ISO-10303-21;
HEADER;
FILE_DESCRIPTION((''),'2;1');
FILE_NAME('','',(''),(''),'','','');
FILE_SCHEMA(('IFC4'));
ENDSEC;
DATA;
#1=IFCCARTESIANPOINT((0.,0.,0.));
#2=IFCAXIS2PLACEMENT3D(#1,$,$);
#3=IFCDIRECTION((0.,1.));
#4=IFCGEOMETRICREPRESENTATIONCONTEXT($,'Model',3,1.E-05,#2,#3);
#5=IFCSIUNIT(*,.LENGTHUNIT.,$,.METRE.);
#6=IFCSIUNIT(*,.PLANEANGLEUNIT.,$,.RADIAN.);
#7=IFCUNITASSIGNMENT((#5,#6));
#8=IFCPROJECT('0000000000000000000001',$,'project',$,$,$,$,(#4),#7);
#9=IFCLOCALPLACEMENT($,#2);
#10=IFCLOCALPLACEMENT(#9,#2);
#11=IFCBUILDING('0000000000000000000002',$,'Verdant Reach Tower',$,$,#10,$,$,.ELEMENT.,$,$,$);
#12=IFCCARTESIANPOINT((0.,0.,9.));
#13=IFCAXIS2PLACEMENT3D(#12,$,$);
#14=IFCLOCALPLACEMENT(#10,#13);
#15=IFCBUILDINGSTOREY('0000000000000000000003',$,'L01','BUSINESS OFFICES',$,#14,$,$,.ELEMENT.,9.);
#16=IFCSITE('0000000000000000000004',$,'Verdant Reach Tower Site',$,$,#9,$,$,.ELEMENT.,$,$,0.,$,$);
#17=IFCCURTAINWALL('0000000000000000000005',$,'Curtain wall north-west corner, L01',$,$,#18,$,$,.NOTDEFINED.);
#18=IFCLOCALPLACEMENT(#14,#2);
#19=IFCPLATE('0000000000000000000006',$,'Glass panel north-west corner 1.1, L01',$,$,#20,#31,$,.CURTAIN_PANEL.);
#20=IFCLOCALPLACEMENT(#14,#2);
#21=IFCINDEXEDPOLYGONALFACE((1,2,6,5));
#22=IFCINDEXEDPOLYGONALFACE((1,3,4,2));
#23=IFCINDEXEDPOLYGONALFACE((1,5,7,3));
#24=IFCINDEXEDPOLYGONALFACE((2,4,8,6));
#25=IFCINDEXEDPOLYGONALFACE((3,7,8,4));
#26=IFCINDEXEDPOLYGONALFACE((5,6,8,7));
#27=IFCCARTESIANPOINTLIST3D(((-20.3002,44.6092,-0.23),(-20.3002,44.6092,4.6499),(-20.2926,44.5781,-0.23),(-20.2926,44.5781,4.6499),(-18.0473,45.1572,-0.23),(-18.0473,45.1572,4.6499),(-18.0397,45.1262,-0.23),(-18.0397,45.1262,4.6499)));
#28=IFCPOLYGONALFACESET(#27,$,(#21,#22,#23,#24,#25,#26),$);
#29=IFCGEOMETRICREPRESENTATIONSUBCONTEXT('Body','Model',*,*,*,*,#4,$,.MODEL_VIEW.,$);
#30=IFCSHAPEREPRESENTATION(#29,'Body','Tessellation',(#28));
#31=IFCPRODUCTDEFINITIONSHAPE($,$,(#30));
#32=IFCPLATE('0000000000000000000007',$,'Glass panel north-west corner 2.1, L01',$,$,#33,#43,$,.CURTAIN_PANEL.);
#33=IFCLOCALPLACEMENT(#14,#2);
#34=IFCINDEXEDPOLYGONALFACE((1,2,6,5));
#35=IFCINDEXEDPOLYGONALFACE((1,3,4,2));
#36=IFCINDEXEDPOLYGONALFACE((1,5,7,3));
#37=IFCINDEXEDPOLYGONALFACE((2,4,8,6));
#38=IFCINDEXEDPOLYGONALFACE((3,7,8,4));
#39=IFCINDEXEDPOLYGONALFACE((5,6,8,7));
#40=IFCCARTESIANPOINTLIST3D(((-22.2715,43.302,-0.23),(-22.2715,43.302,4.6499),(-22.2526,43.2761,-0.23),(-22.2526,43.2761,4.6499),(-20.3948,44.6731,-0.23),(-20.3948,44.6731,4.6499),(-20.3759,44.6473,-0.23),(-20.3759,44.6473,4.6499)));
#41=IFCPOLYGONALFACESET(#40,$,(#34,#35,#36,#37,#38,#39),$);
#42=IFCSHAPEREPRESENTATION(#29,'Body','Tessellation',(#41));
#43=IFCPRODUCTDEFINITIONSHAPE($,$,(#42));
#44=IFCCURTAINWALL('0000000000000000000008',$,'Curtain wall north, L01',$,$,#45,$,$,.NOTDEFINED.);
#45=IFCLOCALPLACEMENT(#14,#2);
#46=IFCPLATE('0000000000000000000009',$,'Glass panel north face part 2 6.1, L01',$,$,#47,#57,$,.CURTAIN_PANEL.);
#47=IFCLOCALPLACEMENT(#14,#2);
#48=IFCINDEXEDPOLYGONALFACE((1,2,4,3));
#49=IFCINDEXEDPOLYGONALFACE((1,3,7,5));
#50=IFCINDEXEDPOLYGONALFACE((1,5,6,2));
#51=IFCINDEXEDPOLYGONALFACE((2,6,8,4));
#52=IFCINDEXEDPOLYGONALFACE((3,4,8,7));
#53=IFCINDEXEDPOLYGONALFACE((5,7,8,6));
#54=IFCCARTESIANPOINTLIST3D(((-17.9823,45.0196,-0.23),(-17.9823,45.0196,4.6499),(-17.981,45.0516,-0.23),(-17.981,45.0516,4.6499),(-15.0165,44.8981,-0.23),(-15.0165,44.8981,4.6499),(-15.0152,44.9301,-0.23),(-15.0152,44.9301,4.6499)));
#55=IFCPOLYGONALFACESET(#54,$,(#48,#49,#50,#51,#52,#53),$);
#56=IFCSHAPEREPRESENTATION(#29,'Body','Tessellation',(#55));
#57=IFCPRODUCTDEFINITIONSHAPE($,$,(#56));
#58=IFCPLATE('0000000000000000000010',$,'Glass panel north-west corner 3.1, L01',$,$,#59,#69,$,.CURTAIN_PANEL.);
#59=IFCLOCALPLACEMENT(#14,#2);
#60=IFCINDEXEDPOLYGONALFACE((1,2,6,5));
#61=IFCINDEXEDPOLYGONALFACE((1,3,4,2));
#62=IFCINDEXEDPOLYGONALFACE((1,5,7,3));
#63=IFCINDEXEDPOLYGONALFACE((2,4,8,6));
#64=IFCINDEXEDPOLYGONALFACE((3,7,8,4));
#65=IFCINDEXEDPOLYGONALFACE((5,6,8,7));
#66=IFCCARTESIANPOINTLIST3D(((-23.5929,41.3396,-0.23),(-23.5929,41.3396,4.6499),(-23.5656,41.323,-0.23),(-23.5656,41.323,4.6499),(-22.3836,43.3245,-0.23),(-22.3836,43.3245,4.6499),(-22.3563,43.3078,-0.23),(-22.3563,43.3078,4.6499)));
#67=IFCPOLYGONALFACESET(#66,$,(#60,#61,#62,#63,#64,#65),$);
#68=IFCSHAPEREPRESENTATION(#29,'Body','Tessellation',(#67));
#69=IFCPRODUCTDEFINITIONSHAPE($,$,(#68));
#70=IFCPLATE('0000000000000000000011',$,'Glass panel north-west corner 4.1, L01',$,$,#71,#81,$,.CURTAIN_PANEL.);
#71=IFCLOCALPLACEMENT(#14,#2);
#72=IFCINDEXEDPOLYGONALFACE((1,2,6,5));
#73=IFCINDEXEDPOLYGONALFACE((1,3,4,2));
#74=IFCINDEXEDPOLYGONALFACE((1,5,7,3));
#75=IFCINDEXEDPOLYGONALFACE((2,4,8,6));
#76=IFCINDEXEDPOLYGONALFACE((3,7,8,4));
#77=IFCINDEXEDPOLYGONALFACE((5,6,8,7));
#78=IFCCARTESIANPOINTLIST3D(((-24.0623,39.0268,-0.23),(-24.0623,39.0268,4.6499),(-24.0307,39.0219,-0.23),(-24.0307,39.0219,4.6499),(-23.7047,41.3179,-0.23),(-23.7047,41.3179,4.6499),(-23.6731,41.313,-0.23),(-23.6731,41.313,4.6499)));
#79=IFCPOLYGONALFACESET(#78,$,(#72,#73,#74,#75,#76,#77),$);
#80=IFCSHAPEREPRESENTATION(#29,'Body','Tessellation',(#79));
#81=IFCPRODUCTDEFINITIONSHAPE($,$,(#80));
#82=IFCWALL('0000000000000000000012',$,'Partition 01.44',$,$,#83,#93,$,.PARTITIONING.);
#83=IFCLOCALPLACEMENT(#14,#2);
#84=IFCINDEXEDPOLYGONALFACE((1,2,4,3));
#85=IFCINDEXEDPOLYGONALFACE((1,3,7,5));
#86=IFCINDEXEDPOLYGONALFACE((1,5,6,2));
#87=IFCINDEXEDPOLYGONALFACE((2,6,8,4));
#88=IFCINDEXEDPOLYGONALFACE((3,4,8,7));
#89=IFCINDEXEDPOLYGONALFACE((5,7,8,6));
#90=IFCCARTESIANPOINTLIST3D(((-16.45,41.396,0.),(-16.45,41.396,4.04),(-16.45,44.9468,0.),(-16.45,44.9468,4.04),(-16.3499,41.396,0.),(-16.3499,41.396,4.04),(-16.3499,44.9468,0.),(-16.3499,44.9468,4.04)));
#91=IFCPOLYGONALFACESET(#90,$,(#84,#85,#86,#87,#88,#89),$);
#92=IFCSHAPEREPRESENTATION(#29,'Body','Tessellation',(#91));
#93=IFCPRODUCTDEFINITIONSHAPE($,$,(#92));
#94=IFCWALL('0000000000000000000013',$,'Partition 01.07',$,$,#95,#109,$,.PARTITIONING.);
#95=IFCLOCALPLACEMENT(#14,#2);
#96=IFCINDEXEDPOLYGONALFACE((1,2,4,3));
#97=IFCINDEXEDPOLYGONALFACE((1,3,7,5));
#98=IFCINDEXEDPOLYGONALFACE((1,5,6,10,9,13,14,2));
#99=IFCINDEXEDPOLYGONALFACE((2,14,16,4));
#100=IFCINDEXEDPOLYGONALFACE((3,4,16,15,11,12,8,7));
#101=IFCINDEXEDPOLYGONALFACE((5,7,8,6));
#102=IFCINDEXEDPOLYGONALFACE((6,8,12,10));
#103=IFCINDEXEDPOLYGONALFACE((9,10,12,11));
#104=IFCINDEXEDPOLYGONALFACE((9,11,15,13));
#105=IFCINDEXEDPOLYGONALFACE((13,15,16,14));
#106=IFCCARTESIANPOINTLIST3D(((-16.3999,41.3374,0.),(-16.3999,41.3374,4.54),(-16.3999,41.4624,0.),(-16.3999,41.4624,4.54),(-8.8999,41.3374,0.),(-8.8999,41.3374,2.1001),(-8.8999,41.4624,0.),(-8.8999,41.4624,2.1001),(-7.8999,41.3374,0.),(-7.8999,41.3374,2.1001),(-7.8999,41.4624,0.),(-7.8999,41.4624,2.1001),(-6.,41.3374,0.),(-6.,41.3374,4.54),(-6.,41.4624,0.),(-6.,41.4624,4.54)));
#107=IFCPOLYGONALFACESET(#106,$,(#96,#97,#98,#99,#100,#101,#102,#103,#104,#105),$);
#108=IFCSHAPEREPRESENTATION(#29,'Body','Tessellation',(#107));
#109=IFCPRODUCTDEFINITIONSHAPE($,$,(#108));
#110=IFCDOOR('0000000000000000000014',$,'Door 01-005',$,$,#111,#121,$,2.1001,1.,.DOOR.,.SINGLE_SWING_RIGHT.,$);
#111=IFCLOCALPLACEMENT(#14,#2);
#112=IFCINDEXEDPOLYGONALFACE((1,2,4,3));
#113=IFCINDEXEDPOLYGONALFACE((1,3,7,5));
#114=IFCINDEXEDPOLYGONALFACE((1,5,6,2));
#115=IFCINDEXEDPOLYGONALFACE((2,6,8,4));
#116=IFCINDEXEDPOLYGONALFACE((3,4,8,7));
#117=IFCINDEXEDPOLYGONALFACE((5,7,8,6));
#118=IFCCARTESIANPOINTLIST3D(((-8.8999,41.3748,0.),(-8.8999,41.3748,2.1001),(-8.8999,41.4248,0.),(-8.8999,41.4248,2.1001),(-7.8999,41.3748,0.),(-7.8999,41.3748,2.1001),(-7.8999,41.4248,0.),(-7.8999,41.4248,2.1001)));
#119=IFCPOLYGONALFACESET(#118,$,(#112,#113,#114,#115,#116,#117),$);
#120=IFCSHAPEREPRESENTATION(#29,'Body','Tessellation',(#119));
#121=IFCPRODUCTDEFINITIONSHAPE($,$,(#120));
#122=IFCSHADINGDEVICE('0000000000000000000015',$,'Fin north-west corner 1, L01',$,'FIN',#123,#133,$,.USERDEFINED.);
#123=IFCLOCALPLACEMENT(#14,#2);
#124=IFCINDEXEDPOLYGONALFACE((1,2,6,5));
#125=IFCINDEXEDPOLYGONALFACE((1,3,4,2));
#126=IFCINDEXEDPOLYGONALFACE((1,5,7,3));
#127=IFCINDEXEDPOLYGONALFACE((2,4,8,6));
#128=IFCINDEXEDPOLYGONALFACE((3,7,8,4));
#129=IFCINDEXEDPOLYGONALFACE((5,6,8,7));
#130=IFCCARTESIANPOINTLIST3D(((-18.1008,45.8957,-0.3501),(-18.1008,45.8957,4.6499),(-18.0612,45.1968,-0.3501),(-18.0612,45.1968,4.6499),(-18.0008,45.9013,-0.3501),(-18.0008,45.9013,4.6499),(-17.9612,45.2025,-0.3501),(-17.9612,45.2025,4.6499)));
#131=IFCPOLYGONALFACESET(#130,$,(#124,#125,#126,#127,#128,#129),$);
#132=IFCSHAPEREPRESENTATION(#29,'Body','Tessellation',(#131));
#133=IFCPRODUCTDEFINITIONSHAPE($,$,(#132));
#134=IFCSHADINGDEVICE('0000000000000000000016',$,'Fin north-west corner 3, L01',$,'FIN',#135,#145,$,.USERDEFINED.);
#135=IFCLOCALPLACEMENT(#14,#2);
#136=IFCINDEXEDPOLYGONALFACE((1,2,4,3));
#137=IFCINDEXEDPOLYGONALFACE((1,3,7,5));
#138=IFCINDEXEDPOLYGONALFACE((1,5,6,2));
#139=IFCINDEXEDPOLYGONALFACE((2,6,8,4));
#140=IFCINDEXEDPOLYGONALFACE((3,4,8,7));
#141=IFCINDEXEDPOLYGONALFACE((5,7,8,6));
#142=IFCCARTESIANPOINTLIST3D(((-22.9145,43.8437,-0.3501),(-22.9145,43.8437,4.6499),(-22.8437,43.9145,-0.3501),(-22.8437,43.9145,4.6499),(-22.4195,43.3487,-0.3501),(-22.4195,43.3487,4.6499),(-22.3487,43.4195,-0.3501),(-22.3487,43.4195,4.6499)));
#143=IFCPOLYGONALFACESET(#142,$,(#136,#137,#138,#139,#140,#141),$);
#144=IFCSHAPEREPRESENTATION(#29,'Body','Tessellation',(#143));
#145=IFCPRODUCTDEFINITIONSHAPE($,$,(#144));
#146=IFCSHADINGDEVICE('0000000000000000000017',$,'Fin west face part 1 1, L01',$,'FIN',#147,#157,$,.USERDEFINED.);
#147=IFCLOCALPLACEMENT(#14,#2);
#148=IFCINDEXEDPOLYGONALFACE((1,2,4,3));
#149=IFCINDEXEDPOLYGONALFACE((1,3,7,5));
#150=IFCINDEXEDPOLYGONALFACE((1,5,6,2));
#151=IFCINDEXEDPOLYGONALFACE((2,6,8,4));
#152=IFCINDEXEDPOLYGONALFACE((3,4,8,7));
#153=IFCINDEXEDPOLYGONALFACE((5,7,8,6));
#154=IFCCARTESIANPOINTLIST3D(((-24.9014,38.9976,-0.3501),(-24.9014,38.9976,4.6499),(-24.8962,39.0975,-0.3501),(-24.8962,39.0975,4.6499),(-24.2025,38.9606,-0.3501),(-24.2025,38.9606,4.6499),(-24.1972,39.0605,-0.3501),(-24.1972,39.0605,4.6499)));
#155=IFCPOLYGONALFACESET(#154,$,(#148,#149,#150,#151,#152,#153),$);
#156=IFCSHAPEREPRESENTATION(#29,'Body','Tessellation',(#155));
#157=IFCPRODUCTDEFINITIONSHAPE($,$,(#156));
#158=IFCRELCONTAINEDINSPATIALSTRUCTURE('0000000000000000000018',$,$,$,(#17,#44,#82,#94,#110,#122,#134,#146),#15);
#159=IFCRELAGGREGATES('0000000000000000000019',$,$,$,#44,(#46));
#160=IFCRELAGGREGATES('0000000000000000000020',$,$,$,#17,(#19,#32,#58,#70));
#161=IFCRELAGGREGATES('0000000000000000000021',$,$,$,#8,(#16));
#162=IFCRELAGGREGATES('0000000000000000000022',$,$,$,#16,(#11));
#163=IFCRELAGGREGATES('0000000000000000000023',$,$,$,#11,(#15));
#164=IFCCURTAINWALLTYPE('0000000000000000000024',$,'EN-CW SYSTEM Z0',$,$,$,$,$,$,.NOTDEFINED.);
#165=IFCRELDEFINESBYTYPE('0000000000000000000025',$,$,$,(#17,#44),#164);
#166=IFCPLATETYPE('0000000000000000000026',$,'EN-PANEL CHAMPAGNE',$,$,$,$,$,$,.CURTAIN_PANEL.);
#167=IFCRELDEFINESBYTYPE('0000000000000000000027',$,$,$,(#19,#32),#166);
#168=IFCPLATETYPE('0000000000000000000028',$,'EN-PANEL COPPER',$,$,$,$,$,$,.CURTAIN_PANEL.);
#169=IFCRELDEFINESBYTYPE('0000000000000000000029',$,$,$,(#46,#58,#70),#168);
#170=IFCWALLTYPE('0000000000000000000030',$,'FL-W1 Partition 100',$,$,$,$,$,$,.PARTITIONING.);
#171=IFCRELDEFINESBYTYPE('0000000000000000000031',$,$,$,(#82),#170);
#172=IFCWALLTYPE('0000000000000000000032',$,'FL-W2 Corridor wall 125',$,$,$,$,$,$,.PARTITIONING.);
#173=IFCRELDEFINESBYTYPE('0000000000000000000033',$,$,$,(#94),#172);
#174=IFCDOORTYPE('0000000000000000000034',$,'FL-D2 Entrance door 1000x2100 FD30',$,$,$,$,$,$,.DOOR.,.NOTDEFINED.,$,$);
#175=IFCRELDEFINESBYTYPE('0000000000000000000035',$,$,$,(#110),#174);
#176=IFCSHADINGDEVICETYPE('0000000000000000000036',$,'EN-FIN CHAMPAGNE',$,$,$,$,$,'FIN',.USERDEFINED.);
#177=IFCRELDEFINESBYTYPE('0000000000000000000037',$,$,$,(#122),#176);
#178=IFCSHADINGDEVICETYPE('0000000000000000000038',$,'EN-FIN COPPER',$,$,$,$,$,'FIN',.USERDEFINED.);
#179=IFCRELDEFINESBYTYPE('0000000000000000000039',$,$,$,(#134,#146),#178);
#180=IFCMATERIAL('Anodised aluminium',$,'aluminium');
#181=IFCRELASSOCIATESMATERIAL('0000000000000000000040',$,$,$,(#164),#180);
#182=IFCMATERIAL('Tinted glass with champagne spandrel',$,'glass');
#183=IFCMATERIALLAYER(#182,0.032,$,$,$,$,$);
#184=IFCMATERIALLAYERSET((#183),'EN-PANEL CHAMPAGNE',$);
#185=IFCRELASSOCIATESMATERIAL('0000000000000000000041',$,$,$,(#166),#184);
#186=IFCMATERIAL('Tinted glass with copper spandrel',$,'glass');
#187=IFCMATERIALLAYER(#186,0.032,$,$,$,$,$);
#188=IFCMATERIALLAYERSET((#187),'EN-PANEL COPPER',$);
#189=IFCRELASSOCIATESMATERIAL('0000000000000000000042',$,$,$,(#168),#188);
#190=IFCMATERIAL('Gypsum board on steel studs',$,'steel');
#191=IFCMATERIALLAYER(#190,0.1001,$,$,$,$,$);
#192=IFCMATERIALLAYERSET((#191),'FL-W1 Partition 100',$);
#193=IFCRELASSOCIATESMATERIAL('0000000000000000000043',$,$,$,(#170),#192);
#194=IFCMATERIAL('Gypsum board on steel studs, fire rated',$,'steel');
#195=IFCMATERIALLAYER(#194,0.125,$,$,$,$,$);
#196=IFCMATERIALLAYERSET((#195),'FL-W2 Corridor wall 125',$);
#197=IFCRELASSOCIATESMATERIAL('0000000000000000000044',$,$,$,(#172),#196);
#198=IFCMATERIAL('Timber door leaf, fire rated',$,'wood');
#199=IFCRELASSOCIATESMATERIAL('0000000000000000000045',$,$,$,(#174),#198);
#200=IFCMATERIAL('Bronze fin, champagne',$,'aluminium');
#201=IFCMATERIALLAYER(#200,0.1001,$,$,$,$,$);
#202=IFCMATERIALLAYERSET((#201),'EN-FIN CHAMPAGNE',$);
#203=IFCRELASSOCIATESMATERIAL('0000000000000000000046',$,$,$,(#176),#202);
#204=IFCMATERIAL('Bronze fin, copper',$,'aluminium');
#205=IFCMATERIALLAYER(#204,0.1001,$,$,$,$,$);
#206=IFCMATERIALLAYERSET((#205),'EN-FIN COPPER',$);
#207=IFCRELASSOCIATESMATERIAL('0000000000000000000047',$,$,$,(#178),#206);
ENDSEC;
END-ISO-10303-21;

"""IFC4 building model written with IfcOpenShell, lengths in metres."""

from ifc_helpers import new_model, si_unit, direction, frame, frame_2d, origin, origin_2d, place, context, subcontext, project, spatial, rectangle, extrude, material, layer, layer_set, type_object, element, fill, aggregate, save


model = new_model("IFC4")

# Units and contexts
model_context = context("Model", 3, precision=1e-05, world=origin(), true_north=direction((0.0, 1.0)))
body_context = subcontext(model_context, "Body", "Model", "MODEL_VIEW")
ifc_project = project(units=[si_unit("LENGTHUNIT", "METRE"), si_unit("PLANEANGLEUNIT", "RADIAN")], contexts=[model_context])

# Site, building, storey
site_placement = place(None, origin())
site = spatial("IfcSite", under=ifc_project, at=site_placement, Name="Verdant Reach Tower Site", CompositionType="ELEMENT", RefElevation=0.0)
building_placement = place(site_placement, origin())
building = spatial("IfcBuilding", under=site, at=building_placement, Name="Verdant Reach Tower", CompositionType="ELEMENT")
storey_placement = place(building_placement, frame((0.0, 0.0, 9.0)))
storey = spatial("IfcBuildingStorey", under=building, at=storey_placement, Name="L01", Description="BUSINESS OFFICES", CompositionType="ELEMENT", Elevation=9.0)

# Curtain wall
ifc_material_1 = material(Name="Anodised aluminium", Category="aluminium")
curtain_wall_type = type_object("IfcCurtainWallType", Name="EN-CW SYSTEM Z0", PredefinedType="NOTDEFINED", material=ifc_material_1)
curtain_wall_1_placement = place(storey_placement, origin())
curtain_wall_1 = element("IfcCurtainWall", 1, at=curtain_wall_1_placement, inside=storey, type_object=curtain_wall_type, Name="Curtain wall north-west corner, L01", PredefinedType="NOTDEFINED")

# Plates
ifc_material_2 = material(Name="Tinted glass with champagne spandrel", Category="glass")
ifc_layer_1 = layer(ifc_material_2, 0.032)
ifc_layer_set_1 = layer_set([ifc_layer_1], Name="EN-PANEL CHAMPAGNE")
plate_type_1 = type_object("IfcPlateType", Name="EN-PANEL CHAMPAGNE", PredefinedType="CURTAIN_PANEL", material=ifc_layer_set_1)
plate_1_placement = place(storey_placement, frame((-19.1699, 44.8677, -0.23), z_axis=(0.0, 0.0, 1.0), x_axis=(-0.971663, -0.236369, 0.0)))
plate_1 = element("IfcPlate", 2, at=plate_1_placement, type_object=plate_type_1, Name="Glass panel north-west corner 1.1, L01", PredefinedType="CURTAIN_PANEL", context=body_context, shape_type="SweptSolid", body=[
    extrude(rectangle(XDim=2.3186, YDim=0.032, at=origin_2d()), origin(), (0.0, 0.0, 1.0), 4.8799),
])
plate_2_placement = place(storey_placement, frame((-21.3237, 43.9746, -0.23), z_axis=(0.0, 0.0, 1.0), x_axis=(-0.807457, -0.589927, 0.0)))
plate_2 = element("IfcPlate", 3, at=plate_2_placement, type_object=plate_type_1, Name="Glass panel north-west corner 2.1, L01", PredefinedType="CURTAIN_PANEL", context=body_context, shape_type="SweptSolid", body=[
    extrude(rectangle(XDim=2.3242, YDim=0.032, at=origin_2d()), origin(), (0.0, 0.0, 1.0), 4.8799),
])

# Curtain wall, plate
curtain_wall_2_placement = place(storey_placement, origin())
curtain_wall_2 = element("IfcCurtainWall", 4, at=curtain_wall_2_placement, inside=storey, type_object=curtain_wall_type, Name="Curtain wall north, L01", PredefinedType="NOTDEFINED")
ifc_material_3 = material(Name="Tinted glass with copper spandrel", Category="glass")
ifc_layer_2 = layer(ifc_material_3, 0.032)
ifc_layer_set_2 = layer_set([ifc_layer_2], Name="EN-PANEL COPPER")
plate_type_2 = type_object("IfcPlateType", Name="EN-PANEL COPPER", PredefinedType="CURTAIN_PANEL", material=ifc_layer_set_2)
plate_3_placement = place(storey_placement, frame((-16.4988, 44.9749, -0.23), z_axis=(0.0, 0.0, 1.0), x_axis=(-0.999162, 0.04092, 0.0)))
plate_3 = element("IfcPlate", 5, at=plate_3_placement, type_object=plate_type_2, Name="Glass panel north face part 2 6.1, L01", PredefinedType="CURTAIN_PANEL", context=body_context, shape_type="SweptSolid", body=[
    extrude(rectangle(XDim=2.9683, YDim=0.032, at=origin_2d()), origin(), (0.0, 0.0, 1.0), 4.8799),
])
aggregate(curtain_wall_2, [plate_3])

# Plates
plate_4_placement = place(storey_placement, frame((-22.9746, 42.3237, -0.23), z_axis=(0.0, 0.0, 1.0), x_axis=(-0.520292, -0.853989, 0.0)))
plate_4 = element("IfcPlate", 6, at=plate_4_placement, type_object=plate_type_2, Name="Glass panel north-west corner 3.1, L01", PredefinedType="CURTAIN_PANEL", context=body_context, shape_type="SweptSolid", body=[
    extrude(rectangle(XDim=2.3242, YDim=0.032, at=origin_2d()), origin(), (0.0, 0.0, 1.0), 4.8799),
])
plate_5_placement = place(storey_placement, frame((-23.8677, 40.1699, -0.23), z_axis=(0.0, 0.0, 1.0), x_axis=(-0.154211, -0.988038, 0.0)))
plate_5 = element("IfcPlate", 7, at=plate_5_placement, type_object=plate_type_2, Name="Glass panel north-west corner 4.1, L01", PredefinedType="CURTAIN_PANEL", context=body_context, shape_type="SweptSolid", body=[
    extrude(rectangle(XDim=2.3188, YDim=0.032, at=origin_2d()), origin(), (0.0, 0.0, 1.0), 4.8799),
])
aggregate(curtain_wall_1, [plate_1, plate_2, plate_4, plate_5])

# Wall
ifc_material_4 = material(Name="Gypsum board on steel studs", Category="steel")
ifc_layer_3 = layer(ifc_material_4, 0.1001)
ifc_layer_set_3 = layer_set([ifc_layer_3], Name="FL-W1 Partition 100")
wall_type_1 = type_object("IfcWallType", Name="FL-W1 Partition 100", PredefinedType="PARTITIONING", material=ifc_layer_set_3)
wall_1_placement = place(storey_placement, frame((-16.3999, 44.9468, 0.0), z_axis=(0.0, 0.0, 1.0), x_axis=(0.0, -1.0, 0.0)))
element("IfcWall", 8, at=wall_1_placement, inside=storey, type_object=wall_type_1, Name="Partition 01.44", PredefinedType="PARTITIONING", context=body_context, shape_type="SweptSolid", body=[
    extrude(rectangle(XDim=3.5508, YDim=0.1001, at=frame_2d((1.7754, 0.0))), origin(), (0.0, 0.0, 1.0), 4.04),
])

# Wall, opening, door
ifc_material_5 = material(Name="Gypsum board on steel studs, fire rated", Category="steel")
ifc_layer_4 = layer(ifc_material_5, 0.125)
ifc_layer_set_4 = layer_set([ifc_layer_4], Name="FL-W2 Corridor wall 125")
wall_type_2 = type_object("IfcWallType", Name="FL-W2 Corridor wall 125", PredefinedType="PARTITIONING", material=ifc_layer_set_4)
wall_2_placement = place(storey_placement, frame((-16.3999, 41.3999, 0.0), z_axis=(0.0, 0.0, 1.0), x_axis=(1.0, 0.0, 0.0)))
wall_2 = element("IfcWall", 9, at=wall_2_placement, inside=storey, type_object=wall_type_2, Name="Partition 01.07", PredefinedType="PARTITIONING", context=body_context, shape_type="SweptSolid", body=[
    extrude(rectangle(XDim=10.3999, YDim=0.125, at=frame_2d((5.2, 0.0))), origin(), (0.0, 0.0, 1.0), 4.54),
])
opening_placement = place(wall_2_placement, frame((7.5, 0.0, 0.0)))
opening = element("IfcOpeningElement", 10, at=opening_placement, cuts=wall_2, PredefinedType="OPENING", context=body_context, shape_type="SweptSolid", body=[
    extrude(rectangle(XDim=1.0, YDim=2.1001, at=frame_2d((0.5, 1.05))), frame((0.0, 0.0725, 0.0), z_axis=(0.0, -1.0, 0.0), x_axis=(1.0, 0.0, 0.0)), (0.0, 0.0, 1.0), 0.145),
])
ifc_material_6 = material(Name="Timber door leaf, fire rated", Category="wood")
door_type = type_object("IfcDoorType", Name="FL-D2 Entrance door 1000x2100 FD30", OperationType="NOTDEFINED", PredefinedType="DOOR", material=ifc_material_6)
door_placement = place(opening_placement, origin())
door = element("IfcDoor", 11, at=door_placement, inside=storey, type_object=door_type, Name="Door 01-005", OperationType="SINGLE_SWING_RIGHT", OverallHeight=2.1001, OverallWidth=1.0, PredefinedType="DOOR", context=body_context, shape_type="SweptSolid", body=[
    extrude(rectangle(XDim=1.0, YDim=2.1001, at=frame_2d((0.5, 1.05))), frame((0.0, 0.0249, 0.0), z_axis=(0.0, -1.0, 0.0), x_axis=(1.0, 0.0, 0.0)), (0.0, 0.0, 1.0), 0.05),
])
fill(opening, door)

# Shading devices
ifc_material_7 = material(Name="Bronze fin, champagne", Category="aluminium")
ifc_layer_5 = layer(ifc_material_7, 0.1001)
ifc_layer_set_5 = layer_set([ifc_layer_5], Name="EN-FIN CHAMPAGNE")
shading_device_type_1 = type_object("IfcShadingDeviceType", Name="EN-FIN CHAMPAGNE", ElementType="FIN", PredefinedType="USERDEFINED", material=ifc_layer_set_5)
shading_device_placement = place(storey_placement, frame((-18.031, 45.5491, -0.3501), z_axis=(0.0, 0.0, 1.0), x_axis=(-0.998399, -0.056569, 0.0)))
element("IfcShadingDevice", 12, at=shading_device_placement, inside=storey, type_object=shading_device_type_1, Name="Fin north-west corner 1, L01", ObjectType="FIN", PredefinedType="USERDEFINED", context=body_context, shape_type="SweptSolid", body=[
    extrude(rectangle(XDim=0.1001, YDim=0.7, at=origin_2d()), origin(), (0.0, 0.0, 1.0), 5.0),
])
ifc_material_8 = material(Name="Bronze fin, copper", Category="aluminium")
ifc_layer_6 = layer(ifc_material_8, 0.1001)
ifc_layer_set_6 = layer_set([ifc_layer_6], Name="EN-FIN COPPER")
shading_device_type_2 = type_object("IfcShadingDeviceType", Name="EN-FIN COPPER", ElementType="FIN", PredefinedType="USERDEFINED", material=ifc_layer_set_6)
for number, where, z_axis, x_axis, name in (
    (13, (-22.6316, 43.6316, -0.3501), (0.0, 0.0, 1.0), (-0.707107, -0.707107, 0.0), "Fin north-west corner 3, L01"),
    (14, (-24.5493, 39.0291, -0.3501), (0.0, 0.0, 1.0), (-0.052815, -0.998604, 0.0), "Fin west face part 1 1, L01"),
):
    element("IfcShadingDevice", number, at=place(storey_placement, frame(where, z_axis=z_axis, x_axis=x_axis)), inside=storey, type_object=shading_device_type_2, Name=name, ObjectType="FIN", PredefinedType="USERDEFINED", context=body_context, shape_type="SweptSolid", body=[
        extrude(rectangle(XDim=0.1001, YDim=0.7, at=origin_2d()), origin(), (0.0, 0.0, 1.0), 5.0),
    ])

save(model, "model.ifc")
